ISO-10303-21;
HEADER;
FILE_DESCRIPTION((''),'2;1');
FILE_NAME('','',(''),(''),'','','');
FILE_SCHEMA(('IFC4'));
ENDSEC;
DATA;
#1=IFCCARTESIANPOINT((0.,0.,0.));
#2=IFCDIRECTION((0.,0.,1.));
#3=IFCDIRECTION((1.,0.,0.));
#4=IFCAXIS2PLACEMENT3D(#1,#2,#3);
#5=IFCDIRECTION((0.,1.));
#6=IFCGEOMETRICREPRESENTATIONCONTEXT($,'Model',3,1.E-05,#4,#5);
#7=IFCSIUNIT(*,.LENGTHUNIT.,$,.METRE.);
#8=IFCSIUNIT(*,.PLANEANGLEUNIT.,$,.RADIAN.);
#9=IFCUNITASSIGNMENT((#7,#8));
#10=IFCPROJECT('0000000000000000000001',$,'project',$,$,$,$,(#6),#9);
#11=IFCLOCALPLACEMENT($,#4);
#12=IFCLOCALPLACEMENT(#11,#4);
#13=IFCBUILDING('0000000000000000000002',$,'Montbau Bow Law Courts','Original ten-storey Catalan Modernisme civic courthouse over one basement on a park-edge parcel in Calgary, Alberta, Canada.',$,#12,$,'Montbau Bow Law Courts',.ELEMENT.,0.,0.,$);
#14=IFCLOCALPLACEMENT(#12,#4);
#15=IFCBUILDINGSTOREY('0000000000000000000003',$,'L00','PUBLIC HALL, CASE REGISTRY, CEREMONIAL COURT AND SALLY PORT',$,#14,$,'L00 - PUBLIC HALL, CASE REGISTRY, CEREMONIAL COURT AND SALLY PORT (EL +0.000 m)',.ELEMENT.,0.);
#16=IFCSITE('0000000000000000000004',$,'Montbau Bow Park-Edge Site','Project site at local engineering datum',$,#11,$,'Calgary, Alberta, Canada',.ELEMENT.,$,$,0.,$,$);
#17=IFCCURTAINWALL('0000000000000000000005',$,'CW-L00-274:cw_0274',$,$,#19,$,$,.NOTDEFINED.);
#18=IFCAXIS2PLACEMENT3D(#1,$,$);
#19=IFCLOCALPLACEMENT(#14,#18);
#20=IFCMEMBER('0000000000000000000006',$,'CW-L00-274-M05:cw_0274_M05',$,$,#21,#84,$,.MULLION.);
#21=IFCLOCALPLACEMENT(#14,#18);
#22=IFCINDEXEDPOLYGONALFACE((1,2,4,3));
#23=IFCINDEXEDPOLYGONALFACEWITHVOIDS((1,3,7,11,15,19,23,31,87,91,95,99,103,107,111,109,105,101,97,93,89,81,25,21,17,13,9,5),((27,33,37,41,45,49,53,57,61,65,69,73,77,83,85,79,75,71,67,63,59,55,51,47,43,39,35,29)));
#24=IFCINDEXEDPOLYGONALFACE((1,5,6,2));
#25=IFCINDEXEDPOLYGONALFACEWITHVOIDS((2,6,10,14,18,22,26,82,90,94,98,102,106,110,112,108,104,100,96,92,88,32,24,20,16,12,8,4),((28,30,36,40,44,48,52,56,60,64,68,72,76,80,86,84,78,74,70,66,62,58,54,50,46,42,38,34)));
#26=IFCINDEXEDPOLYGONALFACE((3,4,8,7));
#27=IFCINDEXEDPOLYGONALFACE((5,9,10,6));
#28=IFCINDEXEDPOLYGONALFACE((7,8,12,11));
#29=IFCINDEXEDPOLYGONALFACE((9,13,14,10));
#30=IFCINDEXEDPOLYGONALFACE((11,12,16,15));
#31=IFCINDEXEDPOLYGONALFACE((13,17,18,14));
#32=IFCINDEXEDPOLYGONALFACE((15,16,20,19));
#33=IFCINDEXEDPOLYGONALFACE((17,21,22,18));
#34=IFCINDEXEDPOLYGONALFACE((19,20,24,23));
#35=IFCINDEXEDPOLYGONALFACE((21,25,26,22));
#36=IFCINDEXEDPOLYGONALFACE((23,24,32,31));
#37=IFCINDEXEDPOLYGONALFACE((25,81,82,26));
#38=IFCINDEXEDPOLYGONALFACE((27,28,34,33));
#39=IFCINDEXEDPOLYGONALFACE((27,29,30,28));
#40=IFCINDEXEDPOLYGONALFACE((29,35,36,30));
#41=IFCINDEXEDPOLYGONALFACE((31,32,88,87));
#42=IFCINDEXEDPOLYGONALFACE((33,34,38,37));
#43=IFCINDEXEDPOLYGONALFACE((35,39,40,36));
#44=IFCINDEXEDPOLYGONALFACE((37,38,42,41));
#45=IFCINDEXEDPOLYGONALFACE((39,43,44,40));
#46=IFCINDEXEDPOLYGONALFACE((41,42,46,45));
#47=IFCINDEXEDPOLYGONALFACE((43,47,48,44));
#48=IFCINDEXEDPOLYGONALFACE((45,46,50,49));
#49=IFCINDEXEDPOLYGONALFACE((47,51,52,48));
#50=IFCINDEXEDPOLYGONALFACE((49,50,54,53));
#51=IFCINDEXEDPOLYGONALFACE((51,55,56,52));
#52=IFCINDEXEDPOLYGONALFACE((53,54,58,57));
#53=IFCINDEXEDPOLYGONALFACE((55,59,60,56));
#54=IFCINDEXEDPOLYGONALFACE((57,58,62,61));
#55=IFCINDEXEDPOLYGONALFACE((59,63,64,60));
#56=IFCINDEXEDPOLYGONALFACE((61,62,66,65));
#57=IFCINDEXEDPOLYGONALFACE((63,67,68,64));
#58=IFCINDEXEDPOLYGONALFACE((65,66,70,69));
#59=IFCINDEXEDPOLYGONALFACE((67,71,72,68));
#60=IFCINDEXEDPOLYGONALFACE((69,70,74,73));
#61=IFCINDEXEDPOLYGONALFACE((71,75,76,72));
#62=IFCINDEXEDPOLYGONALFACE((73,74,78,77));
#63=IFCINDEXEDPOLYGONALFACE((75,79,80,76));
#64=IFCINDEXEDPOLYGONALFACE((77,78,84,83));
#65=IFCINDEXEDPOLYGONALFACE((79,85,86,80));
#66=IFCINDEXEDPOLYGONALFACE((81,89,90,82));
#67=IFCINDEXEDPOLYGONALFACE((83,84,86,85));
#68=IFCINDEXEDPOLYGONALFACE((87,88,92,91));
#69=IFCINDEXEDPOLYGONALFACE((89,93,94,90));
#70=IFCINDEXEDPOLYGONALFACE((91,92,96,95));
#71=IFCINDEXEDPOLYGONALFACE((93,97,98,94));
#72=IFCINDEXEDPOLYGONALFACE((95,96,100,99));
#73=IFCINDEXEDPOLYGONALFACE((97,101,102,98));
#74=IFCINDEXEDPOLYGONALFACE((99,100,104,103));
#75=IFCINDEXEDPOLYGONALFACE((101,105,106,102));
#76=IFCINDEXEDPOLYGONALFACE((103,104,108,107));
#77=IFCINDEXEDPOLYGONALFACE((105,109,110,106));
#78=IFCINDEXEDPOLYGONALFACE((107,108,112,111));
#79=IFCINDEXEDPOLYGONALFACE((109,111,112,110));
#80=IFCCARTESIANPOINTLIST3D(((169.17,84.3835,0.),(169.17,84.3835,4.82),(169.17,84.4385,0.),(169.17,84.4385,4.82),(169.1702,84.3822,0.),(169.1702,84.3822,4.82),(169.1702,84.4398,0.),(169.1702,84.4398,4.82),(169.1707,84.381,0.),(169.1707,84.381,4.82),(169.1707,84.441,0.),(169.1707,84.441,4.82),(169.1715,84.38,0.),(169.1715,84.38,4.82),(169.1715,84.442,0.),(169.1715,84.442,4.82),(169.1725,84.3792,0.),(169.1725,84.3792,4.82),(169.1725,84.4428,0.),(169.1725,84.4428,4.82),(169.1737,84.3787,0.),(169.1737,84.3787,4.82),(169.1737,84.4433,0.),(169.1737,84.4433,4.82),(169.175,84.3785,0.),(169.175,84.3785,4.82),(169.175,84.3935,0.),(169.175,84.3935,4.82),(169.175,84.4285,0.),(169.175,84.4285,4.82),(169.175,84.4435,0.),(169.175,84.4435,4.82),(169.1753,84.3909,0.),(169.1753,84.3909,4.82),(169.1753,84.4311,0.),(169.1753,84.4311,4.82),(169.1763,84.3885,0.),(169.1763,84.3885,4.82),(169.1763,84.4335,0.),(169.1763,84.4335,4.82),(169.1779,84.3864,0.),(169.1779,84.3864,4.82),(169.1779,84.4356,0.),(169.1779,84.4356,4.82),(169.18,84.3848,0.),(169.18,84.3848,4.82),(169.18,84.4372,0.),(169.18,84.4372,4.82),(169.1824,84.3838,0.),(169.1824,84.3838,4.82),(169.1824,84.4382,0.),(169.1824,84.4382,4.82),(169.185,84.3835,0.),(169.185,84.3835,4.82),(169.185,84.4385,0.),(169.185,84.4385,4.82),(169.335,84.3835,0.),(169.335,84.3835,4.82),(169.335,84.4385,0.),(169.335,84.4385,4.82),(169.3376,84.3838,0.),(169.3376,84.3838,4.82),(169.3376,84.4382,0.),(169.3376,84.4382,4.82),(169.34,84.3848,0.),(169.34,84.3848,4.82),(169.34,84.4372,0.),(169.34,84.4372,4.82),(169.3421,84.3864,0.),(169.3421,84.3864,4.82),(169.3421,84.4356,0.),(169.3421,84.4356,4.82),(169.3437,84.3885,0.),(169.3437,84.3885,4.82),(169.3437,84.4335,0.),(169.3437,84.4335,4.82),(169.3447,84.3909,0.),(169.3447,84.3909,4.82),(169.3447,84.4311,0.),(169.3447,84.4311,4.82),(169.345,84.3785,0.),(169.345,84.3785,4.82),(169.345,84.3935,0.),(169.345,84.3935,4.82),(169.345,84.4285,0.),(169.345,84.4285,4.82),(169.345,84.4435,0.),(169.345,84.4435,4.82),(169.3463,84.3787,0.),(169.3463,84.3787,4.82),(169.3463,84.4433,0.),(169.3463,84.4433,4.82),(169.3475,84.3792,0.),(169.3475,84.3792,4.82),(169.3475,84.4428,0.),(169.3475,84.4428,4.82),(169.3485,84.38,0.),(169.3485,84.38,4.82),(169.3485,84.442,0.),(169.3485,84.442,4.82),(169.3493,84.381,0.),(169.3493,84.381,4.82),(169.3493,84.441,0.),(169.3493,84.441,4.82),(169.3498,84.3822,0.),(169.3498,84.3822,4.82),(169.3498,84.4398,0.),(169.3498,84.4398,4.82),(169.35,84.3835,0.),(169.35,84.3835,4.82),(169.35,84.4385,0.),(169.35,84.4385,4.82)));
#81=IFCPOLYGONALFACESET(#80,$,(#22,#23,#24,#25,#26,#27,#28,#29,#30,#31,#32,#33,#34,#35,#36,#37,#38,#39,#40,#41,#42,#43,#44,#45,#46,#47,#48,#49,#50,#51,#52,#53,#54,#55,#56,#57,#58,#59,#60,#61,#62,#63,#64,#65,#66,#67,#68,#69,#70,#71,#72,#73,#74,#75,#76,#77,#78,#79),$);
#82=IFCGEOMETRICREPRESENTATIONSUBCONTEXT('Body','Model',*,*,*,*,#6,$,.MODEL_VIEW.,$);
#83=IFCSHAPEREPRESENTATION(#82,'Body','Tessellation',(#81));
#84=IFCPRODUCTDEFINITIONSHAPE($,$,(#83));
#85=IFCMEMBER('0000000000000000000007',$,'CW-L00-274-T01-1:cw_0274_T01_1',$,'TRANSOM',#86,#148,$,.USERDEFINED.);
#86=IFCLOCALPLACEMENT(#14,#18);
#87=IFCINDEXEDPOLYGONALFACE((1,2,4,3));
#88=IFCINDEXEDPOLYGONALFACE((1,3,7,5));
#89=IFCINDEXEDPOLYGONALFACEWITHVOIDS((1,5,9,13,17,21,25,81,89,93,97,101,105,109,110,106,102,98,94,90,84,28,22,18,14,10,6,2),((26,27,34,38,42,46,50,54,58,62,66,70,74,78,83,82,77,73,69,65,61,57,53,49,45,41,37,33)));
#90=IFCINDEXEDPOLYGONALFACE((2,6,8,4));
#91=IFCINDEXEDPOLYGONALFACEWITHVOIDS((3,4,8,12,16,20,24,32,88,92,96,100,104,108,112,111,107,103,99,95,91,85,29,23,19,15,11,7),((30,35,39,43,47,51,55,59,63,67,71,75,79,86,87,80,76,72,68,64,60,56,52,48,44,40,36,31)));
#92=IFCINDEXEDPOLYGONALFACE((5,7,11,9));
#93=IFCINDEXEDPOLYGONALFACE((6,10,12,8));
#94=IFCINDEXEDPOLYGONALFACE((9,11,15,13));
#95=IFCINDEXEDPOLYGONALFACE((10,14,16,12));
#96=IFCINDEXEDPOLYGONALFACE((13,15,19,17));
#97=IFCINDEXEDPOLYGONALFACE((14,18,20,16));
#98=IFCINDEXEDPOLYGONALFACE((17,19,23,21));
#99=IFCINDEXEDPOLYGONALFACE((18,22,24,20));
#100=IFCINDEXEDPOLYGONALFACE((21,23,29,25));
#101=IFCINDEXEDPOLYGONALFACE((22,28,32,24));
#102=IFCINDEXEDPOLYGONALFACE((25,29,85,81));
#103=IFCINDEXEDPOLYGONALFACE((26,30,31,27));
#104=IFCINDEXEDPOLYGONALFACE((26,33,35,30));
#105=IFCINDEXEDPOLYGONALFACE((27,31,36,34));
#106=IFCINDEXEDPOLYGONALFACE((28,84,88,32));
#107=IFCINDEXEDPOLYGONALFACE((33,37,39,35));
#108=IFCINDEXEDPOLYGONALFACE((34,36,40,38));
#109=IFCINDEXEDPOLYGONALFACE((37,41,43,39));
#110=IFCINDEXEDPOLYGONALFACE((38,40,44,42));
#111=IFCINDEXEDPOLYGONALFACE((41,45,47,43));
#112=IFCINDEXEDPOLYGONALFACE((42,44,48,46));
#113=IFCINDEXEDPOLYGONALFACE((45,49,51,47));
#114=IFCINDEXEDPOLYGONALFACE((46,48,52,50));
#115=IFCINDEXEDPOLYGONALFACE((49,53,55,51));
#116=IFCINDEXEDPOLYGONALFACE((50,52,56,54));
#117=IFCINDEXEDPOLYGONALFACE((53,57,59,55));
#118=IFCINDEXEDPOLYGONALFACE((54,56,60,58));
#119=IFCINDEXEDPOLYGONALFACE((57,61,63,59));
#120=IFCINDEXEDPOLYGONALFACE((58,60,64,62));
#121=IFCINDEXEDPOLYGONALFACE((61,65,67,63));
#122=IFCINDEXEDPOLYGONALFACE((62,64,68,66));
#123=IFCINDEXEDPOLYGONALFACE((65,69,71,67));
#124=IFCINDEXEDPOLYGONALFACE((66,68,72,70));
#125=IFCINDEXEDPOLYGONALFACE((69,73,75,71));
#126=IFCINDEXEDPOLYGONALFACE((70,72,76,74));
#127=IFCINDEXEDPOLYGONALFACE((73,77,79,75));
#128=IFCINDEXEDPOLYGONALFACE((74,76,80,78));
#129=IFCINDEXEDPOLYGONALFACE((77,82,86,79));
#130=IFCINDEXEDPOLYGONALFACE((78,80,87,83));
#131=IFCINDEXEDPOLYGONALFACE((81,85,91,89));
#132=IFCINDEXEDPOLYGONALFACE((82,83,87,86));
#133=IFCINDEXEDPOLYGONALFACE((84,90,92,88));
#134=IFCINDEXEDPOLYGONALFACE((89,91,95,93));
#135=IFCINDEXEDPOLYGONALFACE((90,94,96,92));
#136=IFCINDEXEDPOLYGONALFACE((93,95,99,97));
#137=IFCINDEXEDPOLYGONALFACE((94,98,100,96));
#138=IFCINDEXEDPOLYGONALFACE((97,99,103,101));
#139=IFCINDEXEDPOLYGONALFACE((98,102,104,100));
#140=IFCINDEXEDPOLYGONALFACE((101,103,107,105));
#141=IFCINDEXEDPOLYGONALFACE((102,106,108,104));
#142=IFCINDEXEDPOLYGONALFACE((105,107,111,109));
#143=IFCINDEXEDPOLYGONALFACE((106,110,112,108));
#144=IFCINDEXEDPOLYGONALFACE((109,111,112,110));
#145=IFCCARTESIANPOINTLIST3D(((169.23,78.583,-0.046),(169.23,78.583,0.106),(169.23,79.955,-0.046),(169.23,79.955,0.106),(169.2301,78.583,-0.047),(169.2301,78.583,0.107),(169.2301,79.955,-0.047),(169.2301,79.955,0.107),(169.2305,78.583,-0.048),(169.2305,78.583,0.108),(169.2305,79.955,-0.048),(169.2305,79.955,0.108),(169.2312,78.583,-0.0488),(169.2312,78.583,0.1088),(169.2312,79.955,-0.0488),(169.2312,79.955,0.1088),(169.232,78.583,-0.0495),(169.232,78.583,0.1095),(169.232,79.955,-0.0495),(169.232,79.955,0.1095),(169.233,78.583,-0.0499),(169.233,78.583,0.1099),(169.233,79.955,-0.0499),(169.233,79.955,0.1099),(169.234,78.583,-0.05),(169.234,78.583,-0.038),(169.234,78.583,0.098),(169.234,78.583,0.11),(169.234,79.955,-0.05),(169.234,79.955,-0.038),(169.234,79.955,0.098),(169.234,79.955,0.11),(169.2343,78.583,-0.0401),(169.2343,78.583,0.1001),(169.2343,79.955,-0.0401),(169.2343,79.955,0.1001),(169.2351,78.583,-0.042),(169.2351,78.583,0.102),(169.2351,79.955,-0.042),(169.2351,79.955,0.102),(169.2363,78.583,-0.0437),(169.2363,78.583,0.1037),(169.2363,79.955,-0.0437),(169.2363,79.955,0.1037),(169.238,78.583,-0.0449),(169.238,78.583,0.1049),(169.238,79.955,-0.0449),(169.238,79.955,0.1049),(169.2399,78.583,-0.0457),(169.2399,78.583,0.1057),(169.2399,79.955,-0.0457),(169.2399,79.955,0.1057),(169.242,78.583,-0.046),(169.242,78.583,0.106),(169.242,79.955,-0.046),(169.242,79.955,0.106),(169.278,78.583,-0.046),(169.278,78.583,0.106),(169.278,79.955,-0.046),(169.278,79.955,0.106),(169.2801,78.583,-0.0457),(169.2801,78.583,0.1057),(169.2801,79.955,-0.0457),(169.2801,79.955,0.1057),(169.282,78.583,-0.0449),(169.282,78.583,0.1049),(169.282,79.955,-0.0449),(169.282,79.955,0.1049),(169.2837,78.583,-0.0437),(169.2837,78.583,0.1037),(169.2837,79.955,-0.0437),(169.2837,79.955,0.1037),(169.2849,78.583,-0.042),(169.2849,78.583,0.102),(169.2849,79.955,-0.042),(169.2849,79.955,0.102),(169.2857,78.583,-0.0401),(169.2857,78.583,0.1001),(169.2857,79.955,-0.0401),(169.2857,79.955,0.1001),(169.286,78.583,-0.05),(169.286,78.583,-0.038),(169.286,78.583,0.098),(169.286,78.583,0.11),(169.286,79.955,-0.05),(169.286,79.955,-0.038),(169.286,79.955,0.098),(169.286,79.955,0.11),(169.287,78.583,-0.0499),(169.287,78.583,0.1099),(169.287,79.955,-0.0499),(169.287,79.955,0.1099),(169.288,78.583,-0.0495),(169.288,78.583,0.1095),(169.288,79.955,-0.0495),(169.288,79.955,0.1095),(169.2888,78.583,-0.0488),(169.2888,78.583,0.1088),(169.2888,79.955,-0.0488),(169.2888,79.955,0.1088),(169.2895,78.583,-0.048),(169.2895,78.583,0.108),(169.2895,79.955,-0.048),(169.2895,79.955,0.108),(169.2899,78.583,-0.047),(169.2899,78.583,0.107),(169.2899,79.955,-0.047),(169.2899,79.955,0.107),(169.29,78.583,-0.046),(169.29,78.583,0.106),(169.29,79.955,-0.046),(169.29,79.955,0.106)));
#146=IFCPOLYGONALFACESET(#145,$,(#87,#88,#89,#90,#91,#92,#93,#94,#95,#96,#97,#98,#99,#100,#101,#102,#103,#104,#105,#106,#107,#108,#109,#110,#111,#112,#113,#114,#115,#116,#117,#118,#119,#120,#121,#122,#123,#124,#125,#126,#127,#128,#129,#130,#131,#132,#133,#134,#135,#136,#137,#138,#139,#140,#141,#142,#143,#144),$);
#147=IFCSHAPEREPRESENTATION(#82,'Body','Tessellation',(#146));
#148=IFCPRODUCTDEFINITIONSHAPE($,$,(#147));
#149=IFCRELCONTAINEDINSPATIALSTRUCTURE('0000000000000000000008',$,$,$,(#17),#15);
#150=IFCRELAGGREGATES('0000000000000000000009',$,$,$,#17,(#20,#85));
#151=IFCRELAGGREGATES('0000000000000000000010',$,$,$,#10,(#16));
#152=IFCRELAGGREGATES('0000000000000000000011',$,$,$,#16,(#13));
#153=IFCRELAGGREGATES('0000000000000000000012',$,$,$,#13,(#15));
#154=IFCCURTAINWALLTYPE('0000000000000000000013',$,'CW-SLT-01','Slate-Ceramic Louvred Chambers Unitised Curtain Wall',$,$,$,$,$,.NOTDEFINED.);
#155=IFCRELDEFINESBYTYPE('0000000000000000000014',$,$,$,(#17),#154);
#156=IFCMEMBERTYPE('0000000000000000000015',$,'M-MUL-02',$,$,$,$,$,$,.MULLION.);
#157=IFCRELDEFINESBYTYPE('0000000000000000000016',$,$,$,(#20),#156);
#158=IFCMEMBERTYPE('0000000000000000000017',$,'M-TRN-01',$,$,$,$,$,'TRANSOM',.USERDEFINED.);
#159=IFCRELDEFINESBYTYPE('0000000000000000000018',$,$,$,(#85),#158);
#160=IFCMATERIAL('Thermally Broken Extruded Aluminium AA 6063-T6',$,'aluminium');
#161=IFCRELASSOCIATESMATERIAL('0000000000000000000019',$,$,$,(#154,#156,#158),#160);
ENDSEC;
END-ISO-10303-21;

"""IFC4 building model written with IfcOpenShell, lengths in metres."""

from ifc_helpers import new_model, si_unit, direction, frame, origin_with_axes, origin_2d_with_axis, place, context, subcontext, project, spatial, hollow_rectangle, extrude, material, material_profile, profile_set, type_object, element, aggregate, save


model = new_model("IFC4")

# Units and contexts
model_context = context("Model", 3, precision=1e-05, world=origin_with_axes(), true_north=direction((0.0, 1.0)))
body_context = subcontext(model_context, "Body", "Model", "MODEL_VIEW")
ifc_project = project(units=[si_unit("LENGTHUNIT", "METRE"), si_unit("PLANEANGLEUNIT", "RADIAN")], contexts=[model_context])

# Site, building, storey
site_placement = place(None, origin_with_axes())
site = spatial("IfcSite", under=ifc_project, at=site_placement, Name="Montbau Bow Park-Edge Site", Description="Project site at local engineering datum", LongName="Calgary, Alberta, Canada", CompositionType="ELEMENT", RefElevation=0.0)
building_placement = place(site_placement, origin_with_axes())
building = spatial("IfcBuilding", under=site, at=building_placement, Name="Montbau Bow Law Courts", Description="Original ten-storey Catalan Modernisme civic courthouse over one basement on a park-edge parcel in Calgary, Alberta, Canada.", LongName="Montbau Bow Law Courts", CompositionType="ELEMENT", ElevationOfRefHeight=0.0, ElevationOfTerrain=0.0)
storey_placement = place(building_placement, origin_with_axes())
storey = spatial("IfcBuildingStorey", under=building, at=storey_placement, Name="L00", Description="PUBLIC HALL, CASE REGISTRY, CEREMONIAL COURT AND SALLY PORT", LongName="L00 - PUBLIC HALL, CASE REGISTRY, CEREMONIAL COURT AND SALLY PORT (EL +0.000 m)", CompositionType="ELEMENT", Elevation=0.0)

# Curtain wall, members
ifc_material_1 = material(Name="Thermally Broken Extruded Aluminium AA 6063-T6", Category="aluminium")
curtain_wall_type = type_object("IfcCurtainWallType", Name="CW-SLT-01", Description="Slate-Ceramic Louvred Chambers Unitised Curtain Wall", PredefinedType="NOTDEFINED", material=ifc_material_1)
curtain_wall_placement = place(None, frame((169.26, 78.515, 0.0), z_axis=(0.0, 0.0, 1.0), x_axis=(1.0, 0.0, 0.0)))
curtain_wall = element("IfcCurtainWall", 1, at=curtain_wall_placement, inside=storey, type_object=curtain_wall_type, Name="CW-L00-274:cw_0274", PredefinedType="NOTDEFINED")
ifc_material_profile_1 = material_profile(ifc_material_1, hollow_rectangle(XDim=0.065, YDim=0.18, WallThickness=0.005, InnerFilletRadius=0.01, OuterFilletRadius=0.005, at=origin_2d_with_axis()), Name="CWM-180X65", Category="Main", Priority=0)
ifc_profile_set_1 = profile_set([ifc_material_profile_1], Name="Thermally Broken Extruded Aluminium AA 6063-T6")
member_type_1 = type_object("IfcMemberType", Name="M-MUL-02", PredefinedType="MULLION", material=ifc_profile_set_1)
member_1_placement = place(None, frame((169.26, 84.411, 0.0), z_axis=(0.0, 0.0, 1.0), x_axis=(0.0, 1.0, 0.0)))
member_1 = element("IfcMember", 2, at=member_1_placement, type_object=member_type_1, Name="CW-L00-274-M05:cw_0274_M05", PredefinedType="MULLION", context=body_context, shape_type="SweptSolid", body=[
    extrude(hollow_rectangle(XDim=0.065, YDim=0.18, WallThickness=0.005, InnerFilletRadius=0.01, OuterFilletRadius=0.005, at=origin_2d_with_axis()), origin_with_axes(), (0.0, 0.0, 1.0), 4.82),
])
ifc_material_profile_2 = material_profile(ifc_material_1, hollow_rectangle(XDim=0.06, YDim=0.16, WallThickness=0.004, InnerFilletRadius=0.008, OuterFilletRadius=0.004, at=origin_2d_with_axis()), Name="CWT-160X60", Category="Main", Priority=0)
ifc_profile_set_2 = profile_set([ifc_material_profile_2], Name="Thermally Broken Extruded Aluminium AA 6063-T6")
member_type_2 = type_object("IfcMemberType", Name="M-TRN-01", ElementType="TRANSOM", PredefinedType="USERDEFINED", material=ifc_profile_set_2)
member_2_placement = place(None, frame((169.26, 78.583, 0.03), z_axis=(0.0, 1.0, 0.0), x_axis=(-1.0, 0.0, 0.0)))
member_2 = element("IfcMember", 3, at=member_2_placement, type_object=member_type_2, Name="CW-L00-274-T01-1:cw_0274_T01_1", ObjectType="TRANSOM", PredefinedType="USERDEFINED", context=body_context, shape_type="SweptSolid", body=[
    extrude(hollow_rectangle(XDim=0.06, YDim=0.16, WallThickness=0.004, InnerFilletRadius=0.008, OuterFilletRadius=0.004, at=origin_2d_with_axis()), origin_with_axes(), (0.0, 0.0, 1.0), 1.372),
])
aggregate(curtain_wall, [member_1, member_2])

save(model, "model.ifc")
